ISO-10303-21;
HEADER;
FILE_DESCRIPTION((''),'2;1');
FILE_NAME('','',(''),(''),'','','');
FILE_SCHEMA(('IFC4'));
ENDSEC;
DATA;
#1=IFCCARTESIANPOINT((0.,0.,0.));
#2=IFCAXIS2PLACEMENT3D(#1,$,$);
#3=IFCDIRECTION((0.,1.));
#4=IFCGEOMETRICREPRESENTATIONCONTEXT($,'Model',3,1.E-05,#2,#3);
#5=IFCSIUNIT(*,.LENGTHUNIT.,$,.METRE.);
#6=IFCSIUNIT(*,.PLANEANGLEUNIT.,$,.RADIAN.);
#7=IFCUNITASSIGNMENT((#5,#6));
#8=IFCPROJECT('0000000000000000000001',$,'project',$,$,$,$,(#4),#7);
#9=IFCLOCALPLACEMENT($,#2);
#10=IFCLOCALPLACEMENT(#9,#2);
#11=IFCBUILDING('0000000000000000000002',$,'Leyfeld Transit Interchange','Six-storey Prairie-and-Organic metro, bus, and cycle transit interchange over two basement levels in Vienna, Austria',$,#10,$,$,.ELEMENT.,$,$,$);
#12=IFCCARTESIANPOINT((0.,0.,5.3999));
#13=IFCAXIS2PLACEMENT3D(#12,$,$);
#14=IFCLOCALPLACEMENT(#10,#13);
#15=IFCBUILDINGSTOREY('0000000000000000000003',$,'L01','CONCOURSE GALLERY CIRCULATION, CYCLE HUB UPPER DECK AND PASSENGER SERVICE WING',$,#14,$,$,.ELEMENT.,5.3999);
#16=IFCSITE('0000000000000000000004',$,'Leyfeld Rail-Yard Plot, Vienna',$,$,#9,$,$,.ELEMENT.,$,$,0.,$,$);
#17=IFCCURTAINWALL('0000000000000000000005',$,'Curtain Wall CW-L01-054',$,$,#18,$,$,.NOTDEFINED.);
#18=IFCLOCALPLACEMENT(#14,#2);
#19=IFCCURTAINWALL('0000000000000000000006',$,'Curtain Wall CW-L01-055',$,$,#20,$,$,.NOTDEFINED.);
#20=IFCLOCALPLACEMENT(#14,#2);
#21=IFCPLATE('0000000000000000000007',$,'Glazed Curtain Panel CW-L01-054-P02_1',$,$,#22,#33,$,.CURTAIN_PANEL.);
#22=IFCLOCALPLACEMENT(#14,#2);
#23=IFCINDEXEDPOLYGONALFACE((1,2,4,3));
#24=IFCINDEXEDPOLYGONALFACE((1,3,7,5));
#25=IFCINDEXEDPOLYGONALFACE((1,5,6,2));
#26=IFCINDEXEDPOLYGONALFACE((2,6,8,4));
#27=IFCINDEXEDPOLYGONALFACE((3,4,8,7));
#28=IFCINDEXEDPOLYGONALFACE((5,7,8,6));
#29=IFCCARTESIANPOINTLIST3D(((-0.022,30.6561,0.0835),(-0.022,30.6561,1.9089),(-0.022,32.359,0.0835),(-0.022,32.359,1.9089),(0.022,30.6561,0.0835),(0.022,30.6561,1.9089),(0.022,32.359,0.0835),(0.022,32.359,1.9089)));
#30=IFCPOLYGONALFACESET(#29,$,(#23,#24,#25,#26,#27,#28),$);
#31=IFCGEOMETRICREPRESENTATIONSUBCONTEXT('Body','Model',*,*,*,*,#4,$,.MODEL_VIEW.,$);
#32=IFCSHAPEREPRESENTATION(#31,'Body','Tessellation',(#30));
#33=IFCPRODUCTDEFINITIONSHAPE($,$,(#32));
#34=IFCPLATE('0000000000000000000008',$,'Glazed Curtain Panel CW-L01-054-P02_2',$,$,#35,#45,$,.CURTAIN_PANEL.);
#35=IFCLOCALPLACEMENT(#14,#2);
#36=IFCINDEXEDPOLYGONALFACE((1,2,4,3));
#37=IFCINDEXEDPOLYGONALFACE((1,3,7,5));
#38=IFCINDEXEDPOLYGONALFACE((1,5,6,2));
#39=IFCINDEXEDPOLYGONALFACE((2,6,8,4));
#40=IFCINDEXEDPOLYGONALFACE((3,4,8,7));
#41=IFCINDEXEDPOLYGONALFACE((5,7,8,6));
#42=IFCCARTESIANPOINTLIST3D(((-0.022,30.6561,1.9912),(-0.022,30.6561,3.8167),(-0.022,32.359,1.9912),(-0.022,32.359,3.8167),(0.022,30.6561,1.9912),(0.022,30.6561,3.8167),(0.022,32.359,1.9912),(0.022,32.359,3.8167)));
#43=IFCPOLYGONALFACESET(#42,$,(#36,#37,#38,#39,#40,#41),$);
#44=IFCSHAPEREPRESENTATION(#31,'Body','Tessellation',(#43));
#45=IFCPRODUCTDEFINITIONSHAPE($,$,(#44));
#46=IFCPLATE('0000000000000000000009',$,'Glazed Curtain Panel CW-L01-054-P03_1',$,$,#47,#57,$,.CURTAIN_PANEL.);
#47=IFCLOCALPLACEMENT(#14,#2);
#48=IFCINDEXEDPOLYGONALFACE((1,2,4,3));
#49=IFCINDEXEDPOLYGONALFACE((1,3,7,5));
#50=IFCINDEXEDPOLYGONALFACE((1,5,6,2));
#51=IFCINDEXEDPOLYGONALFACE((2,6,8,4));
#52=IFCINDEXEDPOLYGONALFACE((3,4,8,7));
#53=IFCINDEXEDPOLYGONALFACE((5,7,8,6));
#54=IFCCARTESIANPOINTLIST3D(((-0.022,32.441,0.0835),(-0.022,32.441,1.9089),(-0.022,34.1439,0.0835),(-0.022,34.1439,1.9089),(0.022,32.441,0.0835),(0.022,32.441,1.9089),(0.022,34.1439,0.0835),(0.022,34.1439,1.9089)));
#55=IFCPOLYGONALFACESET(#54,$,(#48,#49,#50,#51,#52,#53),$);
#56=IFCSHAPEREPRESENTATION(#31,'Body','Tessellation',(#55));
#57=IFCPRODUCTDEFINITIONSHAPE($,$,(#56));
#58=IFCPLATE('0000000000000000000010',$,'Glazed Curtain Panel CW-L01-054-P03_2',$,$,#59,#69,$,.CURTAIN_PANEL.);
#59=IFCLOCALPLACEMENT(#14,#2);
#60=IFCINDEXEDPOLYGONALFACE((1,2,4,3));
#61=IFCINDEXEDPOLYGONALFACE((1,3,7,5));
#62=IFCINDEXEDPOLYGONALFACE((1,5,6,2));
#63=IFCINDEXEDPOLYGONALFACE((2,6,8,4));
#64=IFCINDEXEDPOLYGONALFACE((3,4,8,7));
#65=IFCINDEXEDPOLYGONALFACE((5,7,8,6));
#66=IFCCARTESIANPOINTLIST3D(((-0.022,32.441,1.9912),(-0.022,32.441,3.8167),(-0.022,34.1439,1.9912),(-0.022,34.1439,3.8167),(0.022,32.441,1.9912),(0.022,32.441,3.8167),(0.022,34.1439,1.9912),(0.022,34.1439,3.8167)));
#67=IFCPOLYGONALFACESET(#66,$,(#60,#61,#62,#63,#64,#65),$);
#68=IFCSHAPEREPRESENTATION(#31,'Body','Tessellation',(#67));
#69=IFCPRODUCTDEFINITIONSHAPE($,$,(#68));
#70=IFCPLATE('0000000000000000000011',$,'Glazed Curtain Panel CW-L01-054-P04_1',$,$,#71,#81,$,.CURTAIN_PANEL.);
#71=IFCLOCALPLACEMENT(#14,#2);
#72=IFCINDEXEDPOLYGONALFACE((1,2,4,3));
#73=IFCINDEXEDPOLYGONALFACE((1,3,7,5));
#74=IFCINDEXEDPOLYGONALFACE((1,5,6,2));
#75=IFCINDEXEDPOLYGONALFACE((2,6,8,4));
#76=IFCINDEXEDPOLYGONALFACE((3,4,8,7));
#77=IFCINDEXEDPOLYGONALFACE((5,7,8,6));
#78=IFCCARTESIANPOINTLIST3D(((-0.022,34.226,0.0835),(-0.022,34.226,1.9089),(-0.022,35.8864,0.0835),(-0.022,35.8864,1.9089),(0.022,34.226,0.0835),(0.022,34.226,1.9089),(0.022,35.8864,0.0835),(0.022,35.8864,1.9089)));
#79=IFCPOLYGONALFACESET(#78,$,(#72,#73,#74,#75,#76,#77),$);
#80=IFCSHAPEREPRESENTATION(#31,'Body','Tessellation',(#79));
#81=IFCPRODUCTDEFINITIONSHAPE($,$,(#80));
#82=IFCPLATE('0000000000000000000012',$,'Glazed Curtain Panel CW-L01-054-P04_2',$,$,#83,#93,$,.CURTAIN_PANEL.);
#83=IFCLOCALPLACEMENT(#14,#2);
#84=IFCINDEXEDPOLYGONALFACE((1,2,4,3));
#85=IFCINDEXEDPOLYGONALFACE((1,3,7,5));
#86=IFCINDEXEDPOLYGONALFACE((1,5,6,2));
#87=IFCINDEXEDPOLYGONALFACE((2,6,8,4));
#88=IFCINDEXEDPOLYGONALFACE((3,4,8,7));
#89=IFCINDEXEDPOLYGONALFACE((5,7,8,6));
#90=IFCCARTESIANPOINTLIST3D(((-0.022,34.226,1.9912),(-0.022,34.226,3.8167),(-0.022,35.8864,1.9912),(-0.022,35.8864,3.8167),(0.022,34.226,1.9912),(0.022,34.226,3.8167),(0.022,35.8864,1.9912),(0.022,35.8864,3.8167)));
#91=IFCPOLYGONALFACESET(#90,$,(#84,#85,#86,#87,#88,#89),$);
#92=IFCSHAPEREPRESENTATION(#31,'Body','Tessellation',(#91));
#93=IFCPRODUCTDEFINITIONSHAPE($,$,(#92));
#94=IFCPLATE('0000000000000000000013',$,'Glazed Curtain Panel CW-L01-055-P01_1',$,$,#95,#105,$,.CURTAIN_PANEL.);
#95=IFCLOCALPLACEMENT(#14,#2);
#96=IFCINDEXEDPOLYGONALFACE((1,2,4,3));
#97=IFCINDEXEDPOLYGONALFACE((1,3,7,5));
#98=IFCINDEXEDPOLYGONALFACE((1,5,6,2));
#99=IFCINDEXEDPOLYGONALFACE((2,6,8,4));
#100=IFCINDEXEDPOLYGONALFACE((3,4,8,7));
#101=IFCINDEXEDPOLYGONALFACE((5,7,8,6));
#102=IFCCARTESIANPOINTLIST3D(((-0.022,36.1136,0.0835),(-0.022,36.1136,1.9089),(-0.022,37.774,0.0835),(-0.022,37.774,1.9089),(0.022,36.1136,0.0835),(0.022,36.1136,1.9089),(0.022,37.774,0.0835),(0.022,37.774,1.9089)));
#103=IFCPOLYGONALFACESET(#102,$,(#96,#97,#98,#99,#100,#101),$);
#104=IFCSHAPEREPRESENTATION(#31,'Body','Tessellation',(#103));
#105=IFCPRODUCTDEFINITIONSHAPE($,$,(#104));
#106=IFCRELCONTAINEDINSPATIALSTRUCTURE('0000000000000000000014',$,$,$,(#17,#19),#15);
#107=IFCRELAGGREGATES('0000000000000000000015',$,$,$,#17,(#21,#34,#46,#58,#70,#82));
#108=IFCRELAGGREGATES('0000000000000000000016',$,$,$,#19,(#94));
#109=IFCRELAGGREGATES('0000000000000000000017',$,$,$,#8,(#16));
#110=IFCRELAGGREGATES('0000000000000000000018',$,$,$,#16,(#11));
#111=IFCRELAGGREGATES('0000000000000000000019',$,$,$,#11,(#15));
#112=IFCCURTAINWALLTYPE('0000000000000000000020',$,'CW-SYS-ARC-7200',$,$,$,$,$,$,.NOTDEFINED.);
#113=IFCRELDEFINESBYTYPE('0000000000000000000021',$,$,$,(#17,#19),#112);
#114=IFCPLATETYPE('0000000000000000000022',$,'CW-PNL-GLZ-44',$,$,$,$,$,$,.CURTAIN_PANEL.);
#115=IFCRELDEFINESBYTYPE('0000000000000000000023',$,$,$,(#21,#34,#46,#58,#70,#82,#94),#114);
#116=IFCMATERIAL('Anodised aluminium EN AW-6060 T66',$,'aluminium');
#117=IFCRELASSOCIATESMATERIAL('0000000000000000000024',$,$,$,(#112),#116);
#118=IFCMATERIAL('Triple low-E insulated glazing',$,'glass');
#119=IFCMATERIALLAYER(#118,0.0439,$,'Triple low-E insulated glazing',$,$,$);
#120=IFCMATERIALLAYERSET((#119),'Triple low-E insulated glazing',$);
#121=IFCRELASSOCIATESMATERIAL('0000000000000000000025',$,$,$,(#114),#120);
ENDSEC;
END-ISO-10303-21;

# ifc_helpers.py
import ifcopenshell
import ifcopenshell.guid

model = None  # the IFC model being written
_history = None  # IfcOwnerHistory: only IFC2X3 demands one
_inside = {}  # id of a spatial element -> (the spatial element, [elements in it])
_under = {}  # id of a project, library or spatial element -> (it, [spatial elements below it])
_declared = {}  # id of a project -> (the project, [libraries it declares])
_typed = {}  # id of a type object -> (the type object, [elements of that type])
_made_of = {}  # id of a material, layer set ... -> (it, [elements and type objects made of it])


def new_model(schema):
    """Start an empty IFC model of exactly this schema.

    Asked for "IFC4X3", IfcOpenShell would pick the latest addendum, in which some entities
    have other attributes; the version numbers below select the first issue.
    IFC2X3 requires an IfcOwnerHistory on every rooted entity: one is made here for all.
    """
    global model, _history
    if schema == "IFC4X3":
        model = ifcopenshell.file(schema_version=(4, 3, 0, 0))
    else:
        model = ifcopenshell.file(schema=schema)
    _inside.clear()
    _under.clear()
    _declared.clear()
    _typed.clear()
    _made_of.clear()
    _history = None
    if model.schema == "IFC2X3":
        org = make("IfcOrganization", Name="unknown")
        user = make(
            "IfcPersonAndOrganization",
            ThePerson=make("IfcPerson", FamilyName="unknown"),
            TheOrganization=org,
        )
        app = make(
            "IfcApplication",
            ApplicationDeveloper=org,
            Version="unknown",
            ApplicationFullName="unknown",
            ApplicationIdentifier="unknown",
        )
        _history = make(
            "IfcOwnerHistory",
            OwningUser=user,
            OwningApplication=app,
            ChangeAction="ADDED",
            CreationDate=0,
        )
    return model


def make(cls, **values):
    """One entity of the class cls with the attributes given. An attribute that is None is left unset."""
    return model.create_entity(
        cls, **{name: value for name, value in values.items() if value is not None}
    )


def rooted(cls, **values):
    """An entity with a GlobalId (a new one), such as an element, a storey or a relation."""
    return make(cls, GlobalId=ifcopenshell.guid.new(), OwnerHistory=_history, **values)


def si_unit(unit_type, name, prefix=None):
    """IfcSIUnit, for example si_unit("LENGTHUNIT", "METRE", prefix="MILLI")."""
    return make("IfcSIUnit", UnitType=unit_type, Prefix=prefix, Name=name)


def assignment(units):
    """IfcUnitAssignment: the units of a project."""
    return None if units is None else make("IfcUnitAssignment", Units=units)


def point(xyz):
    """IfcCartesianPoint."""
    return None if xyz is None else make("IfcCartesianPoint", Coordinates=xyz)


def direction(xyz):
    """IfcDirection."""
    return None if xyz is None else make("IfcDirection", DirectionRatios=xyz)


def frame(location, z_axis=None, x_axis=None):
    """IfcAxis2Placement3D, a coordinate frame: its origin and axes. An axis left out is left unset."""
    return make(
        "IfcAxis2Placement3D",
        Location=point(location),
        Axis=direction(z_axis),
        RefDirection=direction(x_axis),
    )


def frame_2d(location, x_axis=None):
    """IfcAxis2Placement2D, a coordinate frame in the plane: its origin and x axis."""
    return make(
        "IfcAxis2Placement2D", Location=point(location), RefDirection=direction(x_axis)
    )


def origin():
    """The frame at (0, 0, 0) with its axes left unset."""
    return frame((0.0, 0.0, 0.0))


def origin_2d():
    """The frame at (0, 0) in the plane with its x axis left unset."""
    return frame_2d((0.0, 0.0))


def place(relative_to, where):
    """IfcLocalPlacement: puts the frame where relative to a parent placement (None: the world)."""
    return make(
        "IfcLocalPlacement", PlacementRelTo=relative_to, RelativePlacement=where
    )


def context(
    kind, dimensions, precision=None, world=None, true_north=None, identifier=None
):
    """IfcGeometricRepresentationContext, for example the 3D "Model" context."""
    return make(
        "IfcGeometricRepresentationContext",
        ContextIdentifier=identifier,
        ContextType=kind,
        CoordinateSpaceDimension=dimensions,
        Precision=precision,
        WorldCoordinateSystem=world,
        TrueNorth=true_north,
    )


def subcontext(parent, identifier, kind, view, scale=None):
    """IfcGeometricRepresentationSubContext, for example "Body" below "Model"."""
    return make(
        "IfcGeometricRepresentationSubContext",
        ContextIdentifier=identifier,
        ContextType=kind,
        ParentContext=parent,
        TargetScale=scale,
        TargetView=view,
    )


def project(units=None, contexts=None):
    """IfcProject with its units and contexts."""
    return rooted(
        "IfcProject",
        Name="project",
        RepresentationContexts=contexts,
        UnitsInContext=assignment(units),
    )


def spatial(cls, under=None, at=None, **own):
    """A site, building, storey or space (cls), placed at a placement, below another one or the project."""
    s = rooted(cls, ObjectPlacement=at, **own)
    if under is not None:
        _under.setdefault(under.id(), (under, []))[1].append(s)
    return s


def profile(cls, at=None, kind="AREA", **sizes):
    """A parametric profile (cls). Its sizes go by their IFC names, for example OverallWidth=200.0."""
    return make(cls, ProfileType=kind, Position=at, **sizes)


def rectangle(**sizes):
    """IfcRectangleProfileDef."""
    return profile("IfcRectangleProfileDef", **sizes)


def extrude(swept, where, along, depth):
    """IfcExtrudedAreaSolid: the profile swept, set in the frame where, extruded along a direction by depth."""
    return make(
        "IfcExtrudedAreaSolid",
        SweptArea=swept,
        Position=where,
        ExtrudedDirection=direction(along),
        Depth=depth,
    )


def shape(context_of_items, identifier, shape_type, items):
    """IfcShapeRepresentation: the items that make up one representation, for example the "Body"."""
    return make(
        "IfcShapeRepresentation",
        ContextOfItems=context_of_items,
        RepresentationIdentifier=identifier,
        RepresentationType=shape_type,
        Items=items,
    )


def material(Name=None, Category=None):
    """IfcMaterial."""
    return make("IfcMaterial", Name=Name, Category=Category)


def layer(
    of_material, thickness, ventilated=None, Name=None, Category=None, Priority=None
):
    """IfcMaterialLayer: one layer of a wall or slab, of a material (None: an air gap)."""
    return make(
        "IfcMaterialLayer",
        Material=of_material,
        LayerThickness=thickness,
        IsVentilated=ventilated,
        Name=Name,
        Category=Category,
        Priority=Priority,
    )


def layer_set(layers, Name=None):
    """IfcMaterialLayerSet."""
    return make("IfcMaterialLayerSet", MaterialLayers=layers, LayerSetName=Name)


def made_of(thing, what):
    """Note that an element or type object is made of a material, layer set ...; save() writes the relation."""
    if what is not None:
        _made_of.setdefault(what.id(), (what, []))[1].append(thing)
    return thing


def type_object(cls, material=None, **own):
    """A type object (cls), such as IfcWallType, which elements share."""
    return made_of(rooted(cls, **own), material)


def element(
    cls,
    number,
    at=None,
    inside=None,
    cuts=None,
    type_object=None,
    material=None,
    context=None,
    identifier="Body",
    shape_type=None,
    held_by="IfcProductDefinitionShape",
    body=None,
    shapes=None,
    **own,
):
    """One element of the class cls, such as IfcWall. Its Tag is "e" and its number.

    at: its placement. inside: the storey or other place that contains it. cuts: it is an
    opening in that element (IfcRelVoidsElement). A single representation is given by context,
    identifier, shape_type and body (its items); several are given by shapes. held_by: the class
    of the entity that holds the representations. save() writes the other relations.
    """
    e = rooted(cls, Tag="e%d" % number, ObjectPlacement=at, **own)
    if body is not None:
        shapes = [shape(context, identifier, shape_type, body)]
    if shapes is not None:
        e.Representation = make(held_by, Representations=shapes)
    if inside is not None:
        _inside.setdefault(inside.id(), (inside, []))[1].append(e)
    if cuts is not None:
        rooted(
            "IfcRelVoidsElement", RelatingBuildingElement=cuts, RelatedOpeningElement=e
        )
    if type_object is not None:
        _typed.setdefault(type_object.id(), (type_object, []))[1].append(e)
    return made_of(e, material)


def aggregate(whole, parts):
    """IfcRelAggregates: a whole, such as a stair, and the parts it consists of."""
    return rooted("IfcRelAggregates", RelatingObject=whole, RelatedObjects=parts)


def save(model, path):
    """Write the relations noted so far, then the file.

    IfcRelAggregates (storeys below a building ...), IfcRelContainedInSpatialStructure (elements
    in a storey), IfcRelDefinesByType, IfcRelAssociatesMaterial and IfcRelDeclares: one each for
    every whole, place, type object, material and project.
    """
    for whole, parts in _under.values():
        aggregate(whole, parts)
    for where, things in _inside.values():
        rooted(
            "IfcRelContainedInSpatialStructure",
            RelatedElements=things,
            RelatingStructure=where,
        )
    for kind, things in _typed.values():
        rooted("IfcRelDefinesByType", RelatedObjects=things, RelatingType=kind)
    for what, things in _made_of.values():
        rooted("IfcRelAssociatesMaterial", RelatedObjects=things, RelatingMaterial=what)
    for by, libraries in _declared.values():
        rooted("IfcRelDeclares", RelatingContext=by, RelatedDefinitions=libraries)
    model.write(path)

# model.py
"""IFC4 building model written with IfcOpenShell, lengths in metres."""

from ifc_helpers import new_model, si_unit, direction, frame, origin, origin_2d, place, context, subcontext, project, spatial, rectangle, extrude, material, layer, layer_set, type_object, element, aggregate, save


model = new_model("IFC4")

# Units and contexts
model_context = context("Model", 3, precision=1e-05, world=origin(), true_north=direction((0.0, 1.0)))
body_context = subcontext(model_context, "Body", "Model", "MODEL_VIEW")
ifc_project = project(units=[si_unit("LENGTHUNIT", "METRE"), si_unit("PLANEANGLEUNIT", "RADIAN")], contexts=[model_context])

# Site, building, storey
site_placement = place(None, origin())
site = spatial("IfcSite", under=ifc_project, at=site_placement, Name="Leyfeld Rail-Yard Plot, Vienna", CompositionType="ELEMENT", RefElevation=0.0)
building_placement = place(site_placement, origin())
building = spatial("IfcBuilding", under=site, at=building_placement, Name="Leyfeld Transit Interchange", Description="Six-storey Prairie-and-Organic metro, bus, and cycle transit interchange over two basement levels in Vienna, Austria", CompositionType="ELEMENT")
storey_placement = place(building_placement, frame((0.0, 0.0, 5.3999)))
storey = spatial("IfcBuildingStorey", under=building, at=storey_placement, Name="L01", Description="CONCOURSE GALLERY CIRCULATION, CYCLE HUB UPPER DECK AND PASSENGER SERVICE WING", CompositionType="ELEMENT", Elevation=5.3999)

# Shared definitions
ifc_material_1 = material(Name="Anodised aluminium EN AW-6060 T66", Category="aluminium")
curtain_wall_type = type_object("IfcCurtainWallType", Name="CW-SYS-ARC-7200", PredefinedType="NOTDEFINED", material=ifc_material_1)

# Curtain wall
curtain_wall_1_placement = place(storey_placement, origin())
curtain_wall_1 = element("IfcCurtainWall", 1, at=curtain_wall_1_placement, inside=storey, type_object=curtain_wall_type, Name="Curtain Wall CW-L01-054", PredefinedType="NOTDEFINED")

# Curtain wall
curtain_wall_2_placement = place(storey_placement, origin())
curtain_wall_2 = element("IfcCurtainWall", 2, at=curtain_wall_2_placement, inside=storey, type_object=curtain_wall_type, Name="Curtain Wall CW-L01-055", PredefinedType="NOTDEFINED")

# Plates
ifc_material_2 = material(Name="Triple low-E insulated glazing", Category="glass")
ifc_layer = layer(ifc_material_2, 0.0439, Name="Triple low-E insulated glazing")
ifc_layer_set = layer_set([ifc_layer], Name="Triple low-E insulated glazing")
plate_type = type_object("IfcPlateType", Name="CW-PNL-GLZ-44", PredefinedType="CURTAIN_PANEL", material=ifc_layer_set)
plate_1_placement = place(storey_placement, frame((0.0, 31.5076, 0.0835), z_axis=(0.0, 0.0, 1.0), x_axis=(0.0, 1.0, 0.0)))
plate_1 = element("IfcPlate", 3, at=plate_1_placement, type_object=plate_type, Name="Glazed Curtain Panel CW-L01-054-P02_1", PredefinedType="CURTAIN_PANEL", context=body_context, shape_type="SweptSolid", body=[
    extrude(rectangle(XDim=1.7029, YDim=0.0439, at=origin_2d()), origin(), (0.0, 0.0, 1.0), 1.8254),
])
plate_2_placement = place(storey_placement, frame((0.0, 31.5076, 1.9912), z_axis=(0.0, 0.0, 1.0), x_axis=(0.0, 1.0, 0.0)))
plate_2 = element("IfcPlate", 4, at=plate_2_placement, type_object=plate_type, Name="Glazed Curtain Panel CW-L01-054-P02_2", PredefinedType="CURTAIN_PANEL", context=body_context, shape_type="SweptSolid", body=[
    extrude(rectangle(XDim=1.7029, YDim=0.0439, at=origin_2d()), origin(), (0.0, 0.0, 1.0), 1.8254),
])
plate_3_placement = place(storey_placement, frame((0.0, 33.2925, 0.0835), z_axis=(0.0, 0.0, 1.0), x_axis=(0.0, 1.0, 0.0)))
plate_3 = element("IfcPlate", 5, at=plate_3_placement, type_object=plate_type, Name="Glazed Curtain Panel CW-L01-054-P03_1", PredefinedType="CURTAIN_PANEL", context=body_context, shape_type="SweptSolid", body=[
    extrude(rectangle(XDim=1.7029, YDim=0.0439, at=origin_2d()), origin(), (0.0, 0.0, 1.0), 1.8254),
])
plate_4_placement = place(storey_placement, frame((0.0, 33.2925, 1.9912), z_axis=(0.0, 0.0, 1.0), x_axis=(0.0, 1.0, 0.0)))
plate_4 = element("IfcPlate", 6, at=plate_4_placement, type_object=plate_type, Name="Glazed Curtain Panel CW-L01-054-P03_2", PredefinedType="CURTAIN_PANEL", context=body_context, shape_type="SweptSolid", body=[
    extrude(rectangle(XDim=1.7029, YDim=0.0439, at=origin_2d()), origin(), (0.0, 0.0, 1.0), 1.8254),
])
plate_5_placement = place(storey_placement, frame((0.0, 35.0562, 0.0835), z_axis=(0.0, 0.0, 1.0), x_axis=(0.0, 1.0, 0.0)))
plate_5 = element("IfcPlate", 7, at=plate_5_placement, type_object=plate_type, Name="Glazed Curtain Panel CW-L01-054-P04_1", PredefinedType="CURTAIN_PANEL", context=body_context, shape_type="SweptSolid", body=[
    extrude(rectangle(XDim=1.6604, YDim=0.0439, at=origin_2d()), origin(), (0.0, 0.0, 1.0), 1.8254),
])
plate_6_placement = place(storey_placement, frame((0.0, 35.0562, 1.9912), z_axis=(0.0, 0.0, 1.0), x_axis=(0.0, 1.0, 0.0)))
plate_6 = element("IfcPlate", 8, at=plate_6_placement, type_object=plate_type, Name="Glazed Curtain Panel CW-L01-054-P04_2", PredefinedType="CURTAIN_PANEL", context=body_context, shape_type="SweptSolid", body=[
    extrude(rectangle(XDim=1.6604, YDim=0.0439, at=origin_2d()), origin(), (0.0, 0.0, 1.0), 1.8254),
])
aggregate(curtain_wall_1, [plate_1, plate_2, plate_3, plate_4, plate_5, plate_6])
plate_7_placement = place(storey_placement, frame((0.0, 36.9438, 0.0835), z_axis=(0.0, 0.0, 1.0), x_axis=(0.0, 1.0, 0.0)))
plate_7 = element("IfcPlate", 9, at=plate_7_placement, type_object=plate_type, Name="Glazed Curtain Panel CW-L01-055-P01_1", PredefinedType="CURTAIN_PANEL", context=body_context, shape_type="SweptSolid", body=[
    extrude(rectangle(XDim=1.6604, YDim=0.0439, at=origin_2d()), origin(), (0.0, 0.0, 1.0), 1.8254),
])
aggregate(curtain_wall_2, [plate_7])

save(model, "model.ifc")
